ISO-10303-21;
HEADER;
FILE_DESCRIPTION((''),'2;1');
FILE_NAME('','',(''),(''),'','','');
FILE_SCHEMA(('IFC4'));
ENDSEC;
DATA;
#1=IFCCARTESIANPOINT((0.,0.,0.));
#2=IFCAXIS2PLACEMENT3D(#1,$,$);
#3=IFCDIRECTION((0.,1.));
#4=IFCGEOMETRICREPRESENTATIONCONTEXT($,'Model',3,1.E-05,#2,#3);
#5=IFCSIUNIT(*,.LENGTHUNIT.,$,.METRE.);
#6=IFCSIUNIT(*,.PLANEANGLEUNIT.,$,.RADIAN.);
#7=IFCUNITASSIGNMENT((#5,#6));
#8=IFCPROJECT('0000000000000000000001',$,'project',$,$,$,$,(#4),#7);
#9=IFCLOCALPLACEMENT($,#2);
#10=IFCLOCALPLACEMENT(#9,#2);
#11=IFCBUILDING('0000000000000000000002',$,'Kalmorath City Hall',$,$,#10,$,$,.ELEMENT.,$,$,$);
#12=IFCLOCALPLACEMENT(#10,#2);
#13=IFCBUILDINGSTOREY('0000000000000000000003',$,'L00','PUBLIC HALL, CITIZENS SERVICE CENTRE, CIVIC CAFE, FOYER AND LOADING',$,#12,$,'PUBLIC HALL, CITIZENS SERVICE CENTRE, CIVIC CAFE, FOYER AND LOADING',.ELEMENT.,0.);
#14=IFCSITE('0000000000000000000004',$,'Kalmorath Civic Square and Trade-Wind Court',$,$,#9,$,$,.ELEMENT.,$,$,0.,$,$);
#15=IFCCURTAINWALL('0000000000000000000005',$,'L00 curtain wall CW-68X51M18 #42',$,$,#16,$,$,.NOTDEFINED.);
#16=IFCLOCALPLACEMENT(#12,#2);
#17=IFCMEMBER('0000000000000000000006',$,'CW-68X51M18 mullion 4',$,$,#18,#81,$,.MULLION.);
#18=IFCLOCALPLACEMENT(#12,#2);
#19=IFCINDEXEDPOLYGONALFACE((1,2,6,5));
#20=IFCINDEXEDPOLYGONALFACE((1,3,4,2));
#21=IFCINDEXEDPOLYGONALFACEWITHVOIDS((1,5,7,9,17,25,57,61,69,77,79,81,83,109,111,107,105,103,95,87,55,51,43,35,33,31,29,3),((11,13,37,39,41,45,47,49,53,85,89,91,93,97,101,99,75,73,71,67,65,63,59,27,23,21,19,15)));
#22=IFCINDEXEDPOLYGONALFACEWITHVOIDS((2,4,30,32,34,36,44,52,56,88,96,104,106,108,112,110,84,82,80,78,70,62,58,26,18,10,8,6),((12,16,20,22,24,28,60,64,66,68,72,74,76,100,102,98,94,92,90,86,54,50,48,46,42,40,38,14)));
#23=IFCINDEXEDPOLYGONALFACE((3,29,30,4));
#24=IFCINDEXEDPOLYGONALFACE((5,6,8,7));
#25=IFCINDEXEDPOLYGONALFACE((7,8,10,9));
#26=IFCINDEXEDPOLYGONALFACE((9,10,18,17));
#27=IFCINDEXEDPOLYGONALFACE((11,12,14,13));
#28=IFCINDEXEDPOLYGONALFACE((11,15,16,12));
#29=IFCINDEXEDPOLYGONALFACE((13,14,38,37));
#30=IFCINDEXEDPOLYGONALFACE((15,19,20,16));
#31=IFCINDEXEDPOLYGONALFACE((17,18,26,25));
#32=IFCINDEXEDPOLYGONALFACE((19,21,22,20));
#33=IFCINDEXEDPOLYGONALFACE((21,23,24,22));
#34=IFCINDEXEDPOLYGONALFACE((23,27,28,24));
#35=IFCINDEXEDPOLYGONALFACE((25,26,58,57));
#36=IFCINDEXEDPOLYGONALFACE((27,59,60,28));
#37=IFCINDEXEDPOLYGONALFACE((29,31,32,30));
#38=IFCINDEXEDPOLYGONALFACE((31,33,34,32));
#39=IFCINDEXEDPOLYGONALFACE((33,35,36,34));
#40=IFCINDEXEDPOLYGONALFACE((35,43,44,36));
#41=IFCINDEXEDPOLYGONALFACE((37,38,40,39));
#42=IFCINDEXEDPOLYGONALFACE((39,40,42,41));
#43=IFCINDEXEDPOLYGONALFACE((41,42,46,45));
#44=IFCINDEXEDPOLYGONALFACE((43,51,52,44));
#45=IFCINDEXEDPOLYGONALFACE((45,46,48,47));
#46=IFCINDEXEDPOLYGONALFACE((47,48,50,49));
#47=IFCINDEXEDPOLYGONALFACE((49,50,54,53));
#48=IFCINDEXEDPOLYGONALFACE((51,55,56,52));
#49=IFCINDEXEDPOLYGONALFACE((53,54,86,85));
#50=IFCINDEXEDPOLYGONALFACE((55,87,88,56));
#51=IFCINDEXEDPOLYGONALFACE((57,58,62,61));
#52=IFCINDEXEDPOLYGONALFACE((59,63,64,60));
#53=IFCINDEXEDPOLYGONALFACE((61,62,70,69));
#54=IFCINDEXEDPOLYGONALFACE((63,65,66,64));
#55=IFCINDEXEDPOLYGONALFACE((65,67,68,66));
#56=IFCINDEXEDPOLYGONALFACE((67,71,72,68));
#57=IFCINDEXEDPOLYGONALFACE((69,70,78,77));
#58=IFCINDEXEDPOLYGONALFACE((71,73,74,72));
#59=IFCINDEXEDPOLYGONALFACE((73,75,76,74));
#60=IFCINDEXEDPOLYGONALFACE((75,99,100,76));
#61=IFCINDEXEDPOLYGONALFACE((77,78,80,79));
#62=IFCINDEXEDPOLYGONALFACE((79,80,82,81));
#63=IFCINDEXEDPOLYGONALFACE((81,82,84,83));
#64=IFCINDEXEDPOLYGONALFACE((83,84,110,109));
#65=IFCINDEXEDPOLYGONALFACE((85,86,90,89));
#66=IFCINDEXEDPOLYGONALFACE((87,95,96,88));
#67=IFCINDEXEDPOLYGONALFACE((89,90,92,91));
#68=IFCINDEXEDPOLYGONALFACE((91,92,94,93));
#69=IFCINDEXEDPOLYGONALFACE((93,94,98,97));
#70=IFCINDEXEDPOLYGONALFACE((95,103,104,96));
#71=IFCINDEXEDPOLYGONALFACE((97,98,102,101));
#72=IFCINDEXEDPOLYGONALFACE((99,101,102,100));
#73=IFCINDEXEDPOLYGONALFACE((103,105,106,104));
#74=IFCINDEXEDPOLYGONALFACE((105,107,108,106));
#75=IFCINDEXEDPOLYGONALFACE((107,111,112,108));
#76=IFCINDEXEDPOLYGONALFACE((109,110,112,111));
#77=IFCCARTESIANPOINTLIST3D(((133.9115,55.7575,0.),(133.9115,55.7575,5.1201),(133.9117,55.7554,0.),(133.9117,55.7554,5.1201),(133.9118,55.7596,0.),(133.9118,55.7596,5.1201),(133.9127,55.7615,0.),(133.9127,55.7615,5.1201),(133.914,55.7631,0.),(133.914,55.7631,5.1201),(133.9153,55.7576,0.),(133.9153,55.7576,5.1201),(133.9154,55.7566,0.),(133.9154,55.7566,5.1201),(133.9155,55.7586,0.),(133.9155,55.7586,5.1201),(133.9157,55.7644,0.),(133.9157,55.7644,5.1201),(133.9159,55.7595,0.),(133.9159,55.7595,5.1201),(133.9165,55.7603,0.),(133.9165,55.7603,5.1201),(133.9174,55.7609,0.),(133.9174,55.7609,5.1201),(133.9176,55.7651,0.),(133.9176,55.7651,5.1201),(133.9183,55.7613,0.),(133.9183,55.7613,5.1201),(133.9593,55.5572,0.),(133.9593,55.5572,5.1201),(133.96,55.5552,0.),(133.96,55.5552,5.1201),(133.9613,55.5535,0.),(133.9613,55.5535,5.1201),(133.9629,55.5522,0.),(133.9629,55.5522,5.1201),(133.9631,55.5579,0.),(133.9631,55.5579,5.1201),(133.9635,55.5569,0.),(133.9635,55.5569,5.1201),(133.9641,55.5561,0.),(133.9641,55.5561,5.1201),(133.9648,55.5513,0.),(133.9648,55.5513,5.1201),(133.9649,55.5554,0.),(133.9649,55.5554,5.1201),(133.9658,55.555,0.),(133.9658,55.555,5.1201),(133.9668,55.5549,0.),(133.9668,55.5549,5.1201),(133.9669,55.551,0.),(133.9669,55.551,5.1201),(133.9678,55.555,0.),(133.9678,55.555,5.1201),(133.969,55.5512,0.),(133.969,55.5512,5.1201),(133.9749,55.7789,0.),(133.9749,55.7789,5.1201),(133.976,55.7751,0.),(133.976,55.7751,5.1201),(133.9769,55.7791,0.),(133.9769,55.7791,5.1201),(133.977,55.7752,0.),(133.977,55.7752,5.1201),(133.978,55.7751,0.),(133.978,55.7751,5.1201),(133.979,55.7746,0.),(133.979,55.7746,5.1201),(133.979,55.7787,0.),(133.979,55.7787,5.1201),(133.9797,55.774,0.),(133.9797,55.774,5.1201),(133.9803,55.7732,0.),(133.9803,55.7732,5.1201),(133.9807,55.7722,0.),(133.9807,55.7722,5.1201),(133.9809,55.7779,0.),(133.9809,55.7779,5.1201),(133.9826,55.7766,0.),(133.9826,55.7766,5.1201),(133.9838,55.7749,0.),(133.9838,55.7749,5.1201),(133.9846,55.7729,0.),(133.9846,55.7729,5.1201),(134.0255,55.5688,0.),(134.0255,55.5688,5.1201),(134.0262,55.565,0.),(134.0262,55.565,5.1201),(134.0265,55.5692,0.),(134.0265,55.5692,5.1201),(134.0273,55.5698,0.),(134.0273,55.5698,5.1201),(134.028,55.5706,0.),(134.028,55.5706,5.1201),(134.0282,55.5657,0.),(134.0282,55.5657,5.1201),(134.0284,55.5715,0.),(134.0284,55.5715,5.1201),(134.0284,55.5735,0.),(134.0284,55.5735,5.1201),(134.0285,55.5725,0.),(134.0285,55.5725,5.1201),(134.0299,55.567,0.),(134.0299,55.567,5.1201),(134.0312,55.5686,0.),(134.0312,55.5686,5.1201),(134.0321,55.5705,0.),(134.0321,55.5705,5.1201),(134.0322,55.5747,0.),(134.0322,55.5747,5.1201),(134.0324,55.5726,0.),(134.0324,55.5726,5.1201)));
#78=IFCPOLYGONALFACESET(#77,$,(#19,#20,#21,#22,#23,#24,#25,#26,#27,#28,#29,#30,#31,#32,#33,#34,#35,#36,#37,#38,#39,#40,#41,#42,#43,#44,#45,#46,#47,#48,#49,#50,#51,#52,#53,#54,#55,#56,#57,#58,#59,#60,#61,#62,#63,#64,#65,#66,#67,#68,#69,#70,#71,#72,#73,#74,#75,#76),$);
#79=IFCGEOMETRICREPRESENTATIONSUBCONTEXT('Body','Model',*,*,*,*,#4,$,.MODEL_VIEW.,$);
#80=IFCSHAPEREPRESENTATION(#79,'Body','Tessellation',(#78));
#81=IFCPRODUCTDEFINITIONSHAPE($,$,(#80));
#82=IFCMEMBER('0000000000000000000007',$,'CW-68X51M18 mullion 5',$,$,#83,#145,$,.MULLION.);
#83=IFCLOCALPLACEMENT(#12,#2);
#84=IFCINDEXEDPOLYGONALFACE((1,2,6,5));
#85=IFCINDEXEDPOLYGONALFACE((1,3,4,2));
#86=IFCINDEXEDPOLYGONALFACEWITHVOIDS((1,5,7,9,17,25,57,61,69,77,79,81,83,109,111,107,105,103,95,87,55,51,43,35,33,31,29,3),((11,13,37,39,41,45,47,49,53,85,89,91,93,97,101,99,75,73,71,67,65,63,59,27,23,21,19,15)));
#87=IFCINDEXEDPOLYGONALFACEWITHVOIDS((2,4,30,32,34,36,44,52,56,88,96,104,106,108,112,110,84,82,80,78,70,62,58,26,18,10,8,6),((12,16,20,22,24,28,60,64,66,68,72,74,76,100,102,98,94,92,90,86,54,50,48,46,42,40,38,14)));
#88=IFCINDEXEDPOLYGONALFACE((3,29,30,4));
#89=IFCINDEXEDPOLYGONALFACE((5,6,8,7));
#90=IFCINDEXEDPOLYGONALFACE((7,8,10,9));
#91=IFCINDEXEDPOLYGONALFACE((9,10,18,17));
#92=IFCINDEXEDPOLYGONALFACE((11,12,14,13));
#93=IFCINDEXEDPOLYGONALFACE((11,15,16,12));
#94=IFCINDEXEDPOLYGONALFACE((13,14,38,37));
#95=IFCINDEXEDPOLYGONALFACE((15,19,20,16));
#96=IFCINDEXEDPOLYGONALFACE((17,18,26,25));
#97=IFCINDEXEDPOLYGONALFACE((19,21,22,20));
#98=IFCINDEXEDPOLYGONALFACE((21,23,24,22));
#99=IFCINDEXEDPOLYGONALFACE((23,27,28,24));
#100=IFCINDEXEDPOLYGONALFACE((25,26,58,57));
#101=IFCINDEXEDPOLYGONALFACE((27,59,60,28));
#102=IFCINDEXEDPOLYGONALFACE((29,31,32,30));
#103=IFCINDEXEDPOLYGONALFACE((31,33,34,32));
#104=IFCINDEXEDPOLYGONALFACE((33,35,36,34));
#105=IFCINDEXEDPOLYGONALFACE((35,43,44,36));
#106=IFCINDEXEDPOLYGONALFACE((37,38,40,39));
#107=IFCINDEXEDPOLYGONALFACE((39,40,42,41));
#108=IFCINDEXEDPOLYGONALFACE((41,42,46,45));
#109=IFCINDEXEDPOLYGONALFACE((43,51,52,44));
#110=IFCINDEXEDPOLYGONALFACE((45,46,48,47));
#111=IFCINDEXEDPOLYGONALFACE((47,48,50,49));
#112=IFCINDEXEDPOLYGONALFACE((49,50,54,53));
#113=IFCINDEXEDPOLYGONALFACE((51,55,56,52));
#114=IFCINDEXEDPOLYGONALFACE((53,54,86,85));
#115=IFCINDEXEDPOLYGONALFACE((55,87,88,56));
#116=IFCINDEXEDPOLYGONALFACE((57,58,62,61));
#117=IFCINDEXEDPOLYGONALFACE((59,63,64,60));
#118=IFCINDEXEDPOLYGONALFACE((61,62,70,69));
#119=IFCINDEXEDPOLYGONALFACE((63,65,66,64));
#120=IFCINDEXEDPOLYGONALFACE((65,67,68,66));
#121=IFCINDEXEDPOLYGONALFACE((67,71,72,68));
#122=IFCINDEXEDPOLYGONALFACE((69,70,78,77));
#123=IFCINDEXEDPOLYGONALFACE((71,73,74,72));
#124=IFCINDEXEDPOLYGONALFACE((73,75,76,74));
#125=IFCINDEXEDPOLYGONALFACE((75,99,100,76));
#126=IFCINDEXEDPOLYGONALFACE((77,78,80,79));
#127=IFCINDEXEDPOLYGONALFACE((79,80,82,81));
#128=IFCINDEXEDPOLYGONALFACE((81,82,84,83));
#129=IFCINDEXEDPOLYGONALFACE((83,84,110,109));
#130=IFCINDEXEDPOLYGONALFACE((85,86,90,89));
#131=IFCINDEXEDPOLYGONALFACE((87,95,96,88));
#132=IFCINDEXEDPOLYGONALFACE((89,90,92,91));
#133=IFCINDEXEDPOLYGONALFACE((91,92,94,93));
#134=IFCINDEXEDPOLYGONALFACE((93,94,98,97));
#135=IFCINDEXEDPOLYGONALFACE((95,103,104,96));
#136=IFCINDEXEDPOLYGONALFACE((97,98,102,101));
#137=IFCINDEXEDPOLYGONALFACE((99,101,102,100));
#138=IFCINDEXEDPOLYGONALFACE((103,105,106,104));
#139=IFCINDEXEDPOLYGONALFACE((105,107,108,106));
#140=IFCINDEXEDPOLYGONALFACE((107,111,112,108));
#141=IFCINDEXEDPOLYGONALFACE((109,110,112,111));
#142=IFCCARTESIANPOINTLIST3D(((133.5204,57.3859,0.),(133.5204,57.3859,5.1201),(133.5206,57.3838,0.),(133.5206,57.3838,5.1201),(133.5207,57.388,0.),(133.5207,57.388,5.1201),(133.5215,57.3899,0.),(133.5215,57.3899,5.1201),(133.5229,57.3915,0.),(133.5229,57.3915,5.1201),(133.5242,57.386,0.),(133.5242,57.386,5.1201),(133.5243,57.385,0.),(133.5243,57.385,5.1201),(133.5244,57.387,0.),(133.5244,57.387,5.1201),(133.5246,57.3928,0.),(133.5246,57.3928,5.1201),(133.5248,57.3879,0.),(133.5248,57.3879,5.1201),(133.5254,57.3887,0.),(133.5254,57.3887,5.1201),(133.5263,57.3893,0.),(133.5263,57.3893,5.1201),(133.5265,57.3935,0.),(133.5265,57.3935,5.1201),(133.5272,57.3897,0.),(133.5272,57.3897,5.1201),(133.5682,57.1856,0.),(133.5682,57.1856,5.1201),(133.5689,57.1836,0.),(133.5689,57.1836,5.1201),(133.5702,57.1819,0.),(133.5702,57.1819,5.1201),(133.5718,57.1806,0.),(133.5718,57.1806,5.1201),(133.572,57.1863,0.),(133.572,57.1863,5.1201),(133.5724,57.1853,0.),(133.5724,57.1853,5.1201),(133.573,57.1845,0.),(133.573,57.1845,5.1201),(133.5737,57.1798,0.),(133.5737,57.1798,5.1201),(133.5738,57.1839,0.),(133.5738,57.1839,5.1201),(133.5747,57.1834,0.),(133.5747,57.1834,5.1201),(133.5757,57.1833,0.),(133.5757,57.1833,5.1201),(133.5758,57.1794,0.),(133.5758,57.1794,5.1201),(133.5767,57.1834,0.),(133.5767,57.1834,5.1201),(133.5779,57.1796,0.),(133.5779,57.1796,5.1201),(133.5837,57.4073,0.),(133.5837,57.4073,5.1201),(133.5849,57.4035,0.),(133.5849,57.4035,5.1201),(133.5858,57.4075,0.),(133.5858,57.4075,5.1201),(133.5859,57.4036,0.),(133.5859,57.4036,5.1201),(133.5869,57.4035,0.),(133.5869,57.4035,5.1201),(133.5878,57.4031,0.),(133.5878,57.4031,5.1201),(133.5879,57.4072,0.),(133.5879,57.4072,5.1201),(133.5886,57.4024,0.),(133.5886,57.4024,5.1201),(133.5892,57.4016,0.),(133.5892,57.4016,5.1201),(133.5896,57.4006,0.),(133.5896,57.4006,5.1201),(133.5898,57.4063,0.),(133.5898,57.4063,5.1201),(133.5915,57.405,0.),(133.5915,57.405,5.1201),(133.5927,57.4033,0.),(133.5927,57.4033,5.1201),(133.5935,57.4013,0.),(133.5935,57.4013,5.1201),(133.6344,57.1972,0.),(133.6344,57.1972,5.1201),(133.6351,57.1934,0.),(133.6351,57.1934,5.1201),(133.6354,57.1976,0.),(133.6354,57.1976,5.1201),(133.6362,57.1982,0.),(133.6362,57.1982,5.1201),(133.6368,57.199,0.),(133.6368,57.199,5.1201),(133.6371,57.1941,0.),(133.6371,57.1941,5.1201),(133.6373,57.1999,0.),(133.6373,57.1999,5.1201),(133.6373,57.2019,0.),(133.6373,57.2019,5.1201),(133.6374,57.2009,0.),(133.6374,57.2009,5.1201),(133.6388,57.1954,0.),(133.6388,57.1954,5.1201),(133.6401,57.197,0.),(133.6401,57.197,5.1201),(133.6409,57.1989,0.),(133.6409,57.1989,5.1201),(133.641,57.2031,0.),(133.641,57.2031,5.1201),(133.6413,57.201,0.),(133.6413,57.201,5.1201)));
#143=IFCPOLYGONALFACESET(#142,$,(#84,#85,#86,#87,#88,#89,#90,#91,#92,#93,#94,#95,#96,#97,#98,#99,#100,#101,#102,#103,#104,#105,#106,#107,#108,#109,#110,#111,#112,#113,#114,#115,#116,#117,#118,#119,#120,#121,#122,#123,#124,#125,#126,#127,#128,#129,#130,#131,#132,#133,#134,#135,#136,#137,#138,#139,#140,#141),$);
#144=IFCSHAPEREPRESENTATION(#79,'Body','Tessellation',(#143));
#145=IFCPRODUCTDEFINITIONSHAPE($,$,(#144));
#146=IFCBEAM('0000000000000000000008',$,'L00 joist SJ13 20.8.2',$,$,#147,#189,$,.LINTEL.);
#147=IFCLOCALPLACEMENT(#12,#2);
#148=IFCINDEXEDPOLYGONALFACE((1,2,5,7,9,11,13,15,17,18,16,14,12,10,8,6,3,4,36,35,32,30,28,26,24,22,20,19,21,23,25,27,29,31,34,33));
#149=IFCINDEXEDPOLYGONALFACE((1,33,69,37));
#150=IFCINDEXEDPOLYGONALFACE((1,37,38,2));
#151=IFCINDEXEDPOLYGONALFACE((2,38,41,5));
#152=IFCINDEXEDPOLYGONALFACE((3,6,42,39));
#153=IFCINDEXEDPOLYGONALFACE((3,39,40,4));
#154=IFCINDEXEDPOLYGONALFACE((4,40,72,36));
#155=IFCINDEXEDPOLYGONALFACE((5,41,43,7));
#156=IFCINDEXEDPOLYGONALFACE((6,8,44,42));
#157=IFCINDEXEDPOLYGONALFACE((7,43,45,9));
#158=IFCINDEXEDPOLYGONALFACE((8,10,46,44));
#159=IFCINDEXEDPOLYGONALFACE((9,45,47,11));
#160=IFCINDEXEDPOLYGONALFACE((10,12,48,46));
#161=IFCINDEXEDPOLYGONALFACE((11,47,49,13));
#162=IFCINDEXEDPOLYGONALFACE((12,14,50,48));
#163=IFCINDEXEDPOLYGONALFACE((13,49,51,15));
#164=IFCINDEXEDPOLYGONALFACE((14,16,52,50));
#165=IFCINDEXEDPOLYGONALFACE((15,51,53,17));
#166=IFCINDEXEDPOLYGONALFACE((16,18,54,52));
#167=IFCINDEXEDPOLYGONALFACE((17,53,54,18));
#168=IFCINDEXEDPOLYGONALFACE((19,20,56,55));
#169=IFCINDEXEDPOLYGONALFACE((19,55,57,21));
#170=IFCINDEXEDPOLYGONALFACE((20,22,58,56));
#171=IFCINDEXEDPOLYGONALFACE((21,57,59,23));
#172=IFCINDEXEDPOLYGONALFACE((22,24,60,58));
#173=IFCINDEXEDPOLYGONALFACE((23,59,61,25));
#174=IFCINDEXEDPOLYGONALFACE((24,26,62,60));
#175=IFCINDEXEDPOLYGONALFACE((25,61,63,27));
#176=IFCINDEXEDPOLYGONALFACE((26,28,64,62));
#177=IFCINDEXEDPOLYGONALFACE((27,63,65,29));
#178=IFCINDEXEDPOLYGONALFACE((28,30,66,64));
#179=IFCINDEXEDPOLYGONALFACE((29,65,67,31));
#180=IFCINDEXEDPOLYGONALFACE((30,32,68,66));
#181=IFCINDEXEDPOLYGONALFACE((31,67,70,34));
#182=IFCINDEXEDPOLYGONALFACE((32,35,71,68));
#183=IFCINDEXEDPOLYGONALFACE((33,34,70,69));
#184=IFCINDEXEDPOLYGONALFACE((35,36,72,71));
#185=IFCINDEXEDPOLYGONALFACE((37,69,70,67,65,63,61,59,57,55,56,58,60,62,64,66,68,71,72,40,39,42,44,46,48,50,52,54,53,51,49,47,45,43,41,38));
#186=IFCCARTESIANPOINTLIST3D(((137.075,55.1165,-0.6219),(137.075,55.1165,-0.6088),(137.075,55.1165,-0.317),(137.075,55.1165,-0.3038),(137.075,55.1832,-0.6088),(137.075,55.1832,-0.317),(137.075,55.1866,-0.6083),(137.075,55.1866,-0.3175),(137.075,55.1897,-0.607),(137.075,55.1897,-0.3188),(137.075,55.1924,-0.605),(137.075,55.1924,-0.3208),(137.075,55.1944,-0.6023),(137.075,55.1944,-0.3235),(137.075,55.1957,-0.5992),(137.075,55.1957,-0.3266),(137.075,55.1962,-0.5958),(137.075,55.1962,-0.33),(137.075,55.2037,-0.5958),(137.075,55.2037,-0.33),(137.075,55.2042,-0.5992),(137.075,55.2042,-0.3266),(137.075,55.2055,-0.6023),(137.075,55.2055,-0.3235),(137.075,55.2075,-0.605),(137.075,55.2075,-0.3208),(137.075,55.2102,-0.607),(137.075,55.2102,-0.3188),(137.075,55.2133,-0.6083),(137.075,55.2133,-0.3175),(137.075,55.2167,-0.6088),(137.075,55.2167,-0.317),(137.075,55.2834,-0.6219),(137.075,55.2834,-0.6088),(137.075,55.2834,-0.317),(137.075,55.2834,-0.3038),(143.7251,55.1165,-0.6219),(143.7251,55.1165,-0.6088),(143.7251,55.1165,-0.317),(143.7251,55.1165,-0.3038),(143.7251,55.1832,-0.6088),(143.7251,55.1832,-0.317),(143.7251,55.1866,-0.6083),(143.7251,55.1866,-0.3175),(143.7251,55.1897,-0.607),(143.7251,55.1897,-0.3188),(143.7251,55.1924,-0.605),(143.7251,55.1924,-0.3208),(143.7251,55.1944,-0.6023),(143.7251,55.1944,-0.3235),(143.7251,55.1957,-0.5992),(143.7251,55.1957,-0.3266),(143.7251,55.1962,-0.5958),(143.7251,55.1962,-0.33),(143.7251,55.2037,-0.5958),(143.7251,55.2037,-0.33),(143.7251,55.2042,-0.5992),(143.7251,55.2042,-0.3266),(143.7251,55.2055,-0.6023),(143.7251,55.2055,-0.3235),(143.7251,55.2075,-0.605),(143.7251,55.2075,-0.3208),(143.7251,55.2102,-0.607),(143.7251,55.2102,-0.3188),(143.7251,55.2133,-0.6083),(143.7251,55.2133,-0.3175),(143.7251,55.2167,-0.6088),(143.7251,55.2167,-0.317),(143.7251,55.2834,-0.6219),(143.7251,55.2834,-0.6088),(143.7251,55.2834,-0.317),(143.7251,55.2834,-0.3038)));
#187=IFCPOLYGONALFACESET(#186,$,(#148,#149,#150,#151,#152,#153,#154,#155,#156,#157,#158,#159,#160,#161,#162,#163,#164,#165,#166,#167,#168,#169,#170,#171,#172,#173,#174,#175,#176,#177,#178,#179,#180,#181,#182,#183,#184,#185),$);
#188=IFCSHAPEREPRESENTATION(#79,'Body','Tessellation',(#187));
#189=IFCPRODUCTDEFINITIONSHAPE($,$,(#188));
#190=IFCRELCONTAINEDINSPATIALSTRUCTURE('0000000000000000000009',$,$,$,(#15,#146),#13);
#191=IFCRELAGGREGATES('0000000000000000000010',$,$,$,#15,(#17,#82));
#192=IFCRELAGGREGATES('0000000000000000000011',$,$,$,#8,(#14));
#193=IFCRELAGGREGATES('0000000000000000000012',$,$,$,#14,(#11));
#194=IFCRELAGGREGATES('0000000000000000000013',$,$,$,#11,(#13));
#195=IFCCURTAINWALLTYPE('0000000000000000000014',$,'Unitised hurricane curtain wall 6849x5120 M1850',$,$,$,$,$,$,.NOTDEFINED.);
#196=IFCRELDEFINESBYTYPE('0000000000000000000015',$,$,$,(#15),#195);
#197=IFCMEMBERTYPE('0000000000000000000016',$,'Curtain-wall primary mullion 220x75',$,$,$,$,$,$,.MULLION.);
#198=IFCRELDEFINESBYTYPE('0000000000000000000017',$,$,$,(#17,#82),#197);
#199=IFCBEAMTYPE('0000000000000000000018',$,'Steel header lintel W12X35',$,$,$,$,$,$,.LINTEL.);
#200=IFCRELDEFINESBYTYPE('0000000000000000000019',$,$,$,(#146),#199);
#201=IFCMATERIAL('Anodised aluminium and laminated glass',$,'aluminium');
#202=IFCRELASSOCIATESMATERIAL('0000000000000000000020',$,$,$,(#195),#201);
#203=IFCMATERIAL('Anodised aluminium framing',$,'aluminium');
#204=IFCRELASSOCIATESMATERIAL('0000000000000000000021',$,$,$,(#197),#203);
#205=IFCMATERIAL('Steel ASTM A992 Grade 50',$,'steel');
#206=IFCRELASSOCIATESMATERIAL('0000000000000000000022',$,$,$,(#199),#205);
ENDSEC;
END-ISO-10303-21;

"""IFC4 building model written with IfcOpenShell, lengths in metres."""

from ifc_helpers import new_model, si_unit, direction, frame, origin, origin_2d, place, context, subcontext, project, spatial, hollow_rectangle, i_section, extrude, material, material_profile, profile_set, type_object, element, aggregate, save


model = new_model("IFC4")

# Units and contexts
model_context = context("Model", 3, precision=1e-05, world=origin(), true_north=direction((0.0, 1.0)))
body_context = subcontext(model_context, "Body", "Model", "MODEL_VIEW")
ifc_project = project(units=[si_unit("LENGTHUNIT", "METRE"), si_unit("PLANEANGLEUNIT", "RADIAN")], contexts=[model_context])

# Site, building, storey
site_placement = place(None, origin())
site = spatial("IfcSite", under=ifc_project, at=site_placement, Name="Kalmorath Civic Square and Trade-Wind Court", CompositionType="ELEMENT", RefElevation=0.0)
building_placement = place(site_placement, origin())
building = spatial("IfcBuilding", under=site, at=building_placement, Name="Kalmorath City Hall", CompositionType="ELEMENT")
storey_placement = place(building_placement, origin())
storey = spatial("IfcBuildingStorey", under=building, at=storey_placement, Name="L00", Description="PUBLIC HALL, CITIZENS SERVICE CENTRE, CIVIC CAFE, FOYER AND LOADING", LongName="PUBLIC HALL, CITIZENS SERVICE CENTRE, CIVIC CAFE, FOYER AND LOADING", CompositionType="ELEMENT", Elevation=0.0)

# Curtain wall, members
ifc_material_1 = material(Name="Anodised aluminium and laminated glass", Category="aluminium")
curtain_wall_type = type_object("IfcCurtainWallType", Name="Unitised hurricane curtain wall 6849x5120 M1850", PredefinedType="NOTDEFINED", material=ifc_material_1)
curtain_wall_placement = place(storey_placement, origin())
curtain_wall = element("IfcCurtainWall", 1, at=curtain_wall_placement, inside=storey, type_object=curtain_wall_type, Name="L00 curtain wall CW-68X51M18 #42", PredefinedType="NOTDEFINED")
ifc_material_2 = material(Name="Anodised aluminium framing", Category="aluminium")
ifc_material_profile_1 = material_profile(ifc_material_2, hollow_rectangle(XDim=0.075, YDim=0.22, WallThickness=0.0039, InnerFilletRadius=0.0039, OuterFilletRadius=0.0081, at=origin_2d()), Name="ALU-MUL-220X75X4")
ifc_profile_set_1 = profile_set([ifc_material_profile_1], Name="Anodised aluminium framing")
member_type_1 = type_object("IfcMemberType", Name="Curtain-wall primary mullion 220x75", PredefinedType="MULLION", material=ifc_profile_set_1)
member_1_placement = place(storey_placement, frame((133.9719, 55.665, 0.0), z_axis=(0.0, 0.0, 1.0), x_axis=(-0.972367, -0.233456, 0.0)))
member_1 = element("IfcMember", 2, at=member_1_placement, type_object=member_type_1, Name="CW-68X51M18 mullion 4", PredefinedType="MULLION", context=body_context, shape_type="SweptSolid", body=[
    extrude(hollow_rectangle(XDim=0.075, YDim=0.22, WallThickness=0.0039, InnerFilletRadius=0.0039, OuterFilletRadius=0.0081, at=origin_2d()), origin(), (0.0, 0.0, 1.0), 5.1201),
])
member_2_placement = place(storey_placement, frame((133.5808, 57.2935, 0.0), z_axis=(0.0, 0.0, 1.0), x_axis=(-0.972367, -0.233456, 0.0)))
member_2 = element("IfcMember", 3, at=member_2_placement, type_object=member_type_1, Name="CW-68X51M18 mullion 5", PredefinedType="MULLION", context=body_context, shape_type="SweptSolid", body=[
    extrude(hollow_rectangle(XDim=0.075, YDim=0.22, WallThickness=0.0039, InnerFilletRadius=0.0039, OuterFilletRadius=0.0081, at=origin_2d()), origin(), (0.0, 0.0, 1.0), 5.1201),
])

# Beam
ifc_material_3 = material(Name="Steel ASTM A992 Grade 50", Category="steel")
ifc_material_profile_2 = material_profile(ifc_material_3, i_section(OverallWidth=0.167, OverallDepth=0.3181, WebThickness=0.0076, FlangeThickness=0.0132, FilletRadius=0.0129, at=origin_2d()), Name="W12X35")
ifc_profile_set_2 = profile_set([ifc_material_profile_2], Name="Steel ASTM A992 Grade 50")
beam_type_1 = type_object("IfcBeamType", Name="Steel header lintel W12X35", PredefinedType="LINTEL", material=ifc_profile_set_2)
beam_1_placement = place(storey_placement, frame((137.075, 55.2, -0.4629), z_axis=(1.0, 0.0, 0.0), x_axis=(0.0, 1.0, 0.0)))
element("IfcBeam", 4, at=beam_1_placement, inside=storey, type_object=beam_type_1, Name="L00 joist SJ13 20.8.2", PredefinedType="LINTEL", context=body_context, shape_type="SweptSolid", body=[
    extrude(i_section(OverallWidth=0.167, OverallDepth=0.3181, WebThickness=0.0076, FlangeThickness=0.0132, FilletRadius=0.0129, at=origin_2d()), origin(), (0.0, 0.0, 1.0), 6.6501),
])

aggregate(curtain_wall, [member_1, member_2])

save(model, "model.ifc")
